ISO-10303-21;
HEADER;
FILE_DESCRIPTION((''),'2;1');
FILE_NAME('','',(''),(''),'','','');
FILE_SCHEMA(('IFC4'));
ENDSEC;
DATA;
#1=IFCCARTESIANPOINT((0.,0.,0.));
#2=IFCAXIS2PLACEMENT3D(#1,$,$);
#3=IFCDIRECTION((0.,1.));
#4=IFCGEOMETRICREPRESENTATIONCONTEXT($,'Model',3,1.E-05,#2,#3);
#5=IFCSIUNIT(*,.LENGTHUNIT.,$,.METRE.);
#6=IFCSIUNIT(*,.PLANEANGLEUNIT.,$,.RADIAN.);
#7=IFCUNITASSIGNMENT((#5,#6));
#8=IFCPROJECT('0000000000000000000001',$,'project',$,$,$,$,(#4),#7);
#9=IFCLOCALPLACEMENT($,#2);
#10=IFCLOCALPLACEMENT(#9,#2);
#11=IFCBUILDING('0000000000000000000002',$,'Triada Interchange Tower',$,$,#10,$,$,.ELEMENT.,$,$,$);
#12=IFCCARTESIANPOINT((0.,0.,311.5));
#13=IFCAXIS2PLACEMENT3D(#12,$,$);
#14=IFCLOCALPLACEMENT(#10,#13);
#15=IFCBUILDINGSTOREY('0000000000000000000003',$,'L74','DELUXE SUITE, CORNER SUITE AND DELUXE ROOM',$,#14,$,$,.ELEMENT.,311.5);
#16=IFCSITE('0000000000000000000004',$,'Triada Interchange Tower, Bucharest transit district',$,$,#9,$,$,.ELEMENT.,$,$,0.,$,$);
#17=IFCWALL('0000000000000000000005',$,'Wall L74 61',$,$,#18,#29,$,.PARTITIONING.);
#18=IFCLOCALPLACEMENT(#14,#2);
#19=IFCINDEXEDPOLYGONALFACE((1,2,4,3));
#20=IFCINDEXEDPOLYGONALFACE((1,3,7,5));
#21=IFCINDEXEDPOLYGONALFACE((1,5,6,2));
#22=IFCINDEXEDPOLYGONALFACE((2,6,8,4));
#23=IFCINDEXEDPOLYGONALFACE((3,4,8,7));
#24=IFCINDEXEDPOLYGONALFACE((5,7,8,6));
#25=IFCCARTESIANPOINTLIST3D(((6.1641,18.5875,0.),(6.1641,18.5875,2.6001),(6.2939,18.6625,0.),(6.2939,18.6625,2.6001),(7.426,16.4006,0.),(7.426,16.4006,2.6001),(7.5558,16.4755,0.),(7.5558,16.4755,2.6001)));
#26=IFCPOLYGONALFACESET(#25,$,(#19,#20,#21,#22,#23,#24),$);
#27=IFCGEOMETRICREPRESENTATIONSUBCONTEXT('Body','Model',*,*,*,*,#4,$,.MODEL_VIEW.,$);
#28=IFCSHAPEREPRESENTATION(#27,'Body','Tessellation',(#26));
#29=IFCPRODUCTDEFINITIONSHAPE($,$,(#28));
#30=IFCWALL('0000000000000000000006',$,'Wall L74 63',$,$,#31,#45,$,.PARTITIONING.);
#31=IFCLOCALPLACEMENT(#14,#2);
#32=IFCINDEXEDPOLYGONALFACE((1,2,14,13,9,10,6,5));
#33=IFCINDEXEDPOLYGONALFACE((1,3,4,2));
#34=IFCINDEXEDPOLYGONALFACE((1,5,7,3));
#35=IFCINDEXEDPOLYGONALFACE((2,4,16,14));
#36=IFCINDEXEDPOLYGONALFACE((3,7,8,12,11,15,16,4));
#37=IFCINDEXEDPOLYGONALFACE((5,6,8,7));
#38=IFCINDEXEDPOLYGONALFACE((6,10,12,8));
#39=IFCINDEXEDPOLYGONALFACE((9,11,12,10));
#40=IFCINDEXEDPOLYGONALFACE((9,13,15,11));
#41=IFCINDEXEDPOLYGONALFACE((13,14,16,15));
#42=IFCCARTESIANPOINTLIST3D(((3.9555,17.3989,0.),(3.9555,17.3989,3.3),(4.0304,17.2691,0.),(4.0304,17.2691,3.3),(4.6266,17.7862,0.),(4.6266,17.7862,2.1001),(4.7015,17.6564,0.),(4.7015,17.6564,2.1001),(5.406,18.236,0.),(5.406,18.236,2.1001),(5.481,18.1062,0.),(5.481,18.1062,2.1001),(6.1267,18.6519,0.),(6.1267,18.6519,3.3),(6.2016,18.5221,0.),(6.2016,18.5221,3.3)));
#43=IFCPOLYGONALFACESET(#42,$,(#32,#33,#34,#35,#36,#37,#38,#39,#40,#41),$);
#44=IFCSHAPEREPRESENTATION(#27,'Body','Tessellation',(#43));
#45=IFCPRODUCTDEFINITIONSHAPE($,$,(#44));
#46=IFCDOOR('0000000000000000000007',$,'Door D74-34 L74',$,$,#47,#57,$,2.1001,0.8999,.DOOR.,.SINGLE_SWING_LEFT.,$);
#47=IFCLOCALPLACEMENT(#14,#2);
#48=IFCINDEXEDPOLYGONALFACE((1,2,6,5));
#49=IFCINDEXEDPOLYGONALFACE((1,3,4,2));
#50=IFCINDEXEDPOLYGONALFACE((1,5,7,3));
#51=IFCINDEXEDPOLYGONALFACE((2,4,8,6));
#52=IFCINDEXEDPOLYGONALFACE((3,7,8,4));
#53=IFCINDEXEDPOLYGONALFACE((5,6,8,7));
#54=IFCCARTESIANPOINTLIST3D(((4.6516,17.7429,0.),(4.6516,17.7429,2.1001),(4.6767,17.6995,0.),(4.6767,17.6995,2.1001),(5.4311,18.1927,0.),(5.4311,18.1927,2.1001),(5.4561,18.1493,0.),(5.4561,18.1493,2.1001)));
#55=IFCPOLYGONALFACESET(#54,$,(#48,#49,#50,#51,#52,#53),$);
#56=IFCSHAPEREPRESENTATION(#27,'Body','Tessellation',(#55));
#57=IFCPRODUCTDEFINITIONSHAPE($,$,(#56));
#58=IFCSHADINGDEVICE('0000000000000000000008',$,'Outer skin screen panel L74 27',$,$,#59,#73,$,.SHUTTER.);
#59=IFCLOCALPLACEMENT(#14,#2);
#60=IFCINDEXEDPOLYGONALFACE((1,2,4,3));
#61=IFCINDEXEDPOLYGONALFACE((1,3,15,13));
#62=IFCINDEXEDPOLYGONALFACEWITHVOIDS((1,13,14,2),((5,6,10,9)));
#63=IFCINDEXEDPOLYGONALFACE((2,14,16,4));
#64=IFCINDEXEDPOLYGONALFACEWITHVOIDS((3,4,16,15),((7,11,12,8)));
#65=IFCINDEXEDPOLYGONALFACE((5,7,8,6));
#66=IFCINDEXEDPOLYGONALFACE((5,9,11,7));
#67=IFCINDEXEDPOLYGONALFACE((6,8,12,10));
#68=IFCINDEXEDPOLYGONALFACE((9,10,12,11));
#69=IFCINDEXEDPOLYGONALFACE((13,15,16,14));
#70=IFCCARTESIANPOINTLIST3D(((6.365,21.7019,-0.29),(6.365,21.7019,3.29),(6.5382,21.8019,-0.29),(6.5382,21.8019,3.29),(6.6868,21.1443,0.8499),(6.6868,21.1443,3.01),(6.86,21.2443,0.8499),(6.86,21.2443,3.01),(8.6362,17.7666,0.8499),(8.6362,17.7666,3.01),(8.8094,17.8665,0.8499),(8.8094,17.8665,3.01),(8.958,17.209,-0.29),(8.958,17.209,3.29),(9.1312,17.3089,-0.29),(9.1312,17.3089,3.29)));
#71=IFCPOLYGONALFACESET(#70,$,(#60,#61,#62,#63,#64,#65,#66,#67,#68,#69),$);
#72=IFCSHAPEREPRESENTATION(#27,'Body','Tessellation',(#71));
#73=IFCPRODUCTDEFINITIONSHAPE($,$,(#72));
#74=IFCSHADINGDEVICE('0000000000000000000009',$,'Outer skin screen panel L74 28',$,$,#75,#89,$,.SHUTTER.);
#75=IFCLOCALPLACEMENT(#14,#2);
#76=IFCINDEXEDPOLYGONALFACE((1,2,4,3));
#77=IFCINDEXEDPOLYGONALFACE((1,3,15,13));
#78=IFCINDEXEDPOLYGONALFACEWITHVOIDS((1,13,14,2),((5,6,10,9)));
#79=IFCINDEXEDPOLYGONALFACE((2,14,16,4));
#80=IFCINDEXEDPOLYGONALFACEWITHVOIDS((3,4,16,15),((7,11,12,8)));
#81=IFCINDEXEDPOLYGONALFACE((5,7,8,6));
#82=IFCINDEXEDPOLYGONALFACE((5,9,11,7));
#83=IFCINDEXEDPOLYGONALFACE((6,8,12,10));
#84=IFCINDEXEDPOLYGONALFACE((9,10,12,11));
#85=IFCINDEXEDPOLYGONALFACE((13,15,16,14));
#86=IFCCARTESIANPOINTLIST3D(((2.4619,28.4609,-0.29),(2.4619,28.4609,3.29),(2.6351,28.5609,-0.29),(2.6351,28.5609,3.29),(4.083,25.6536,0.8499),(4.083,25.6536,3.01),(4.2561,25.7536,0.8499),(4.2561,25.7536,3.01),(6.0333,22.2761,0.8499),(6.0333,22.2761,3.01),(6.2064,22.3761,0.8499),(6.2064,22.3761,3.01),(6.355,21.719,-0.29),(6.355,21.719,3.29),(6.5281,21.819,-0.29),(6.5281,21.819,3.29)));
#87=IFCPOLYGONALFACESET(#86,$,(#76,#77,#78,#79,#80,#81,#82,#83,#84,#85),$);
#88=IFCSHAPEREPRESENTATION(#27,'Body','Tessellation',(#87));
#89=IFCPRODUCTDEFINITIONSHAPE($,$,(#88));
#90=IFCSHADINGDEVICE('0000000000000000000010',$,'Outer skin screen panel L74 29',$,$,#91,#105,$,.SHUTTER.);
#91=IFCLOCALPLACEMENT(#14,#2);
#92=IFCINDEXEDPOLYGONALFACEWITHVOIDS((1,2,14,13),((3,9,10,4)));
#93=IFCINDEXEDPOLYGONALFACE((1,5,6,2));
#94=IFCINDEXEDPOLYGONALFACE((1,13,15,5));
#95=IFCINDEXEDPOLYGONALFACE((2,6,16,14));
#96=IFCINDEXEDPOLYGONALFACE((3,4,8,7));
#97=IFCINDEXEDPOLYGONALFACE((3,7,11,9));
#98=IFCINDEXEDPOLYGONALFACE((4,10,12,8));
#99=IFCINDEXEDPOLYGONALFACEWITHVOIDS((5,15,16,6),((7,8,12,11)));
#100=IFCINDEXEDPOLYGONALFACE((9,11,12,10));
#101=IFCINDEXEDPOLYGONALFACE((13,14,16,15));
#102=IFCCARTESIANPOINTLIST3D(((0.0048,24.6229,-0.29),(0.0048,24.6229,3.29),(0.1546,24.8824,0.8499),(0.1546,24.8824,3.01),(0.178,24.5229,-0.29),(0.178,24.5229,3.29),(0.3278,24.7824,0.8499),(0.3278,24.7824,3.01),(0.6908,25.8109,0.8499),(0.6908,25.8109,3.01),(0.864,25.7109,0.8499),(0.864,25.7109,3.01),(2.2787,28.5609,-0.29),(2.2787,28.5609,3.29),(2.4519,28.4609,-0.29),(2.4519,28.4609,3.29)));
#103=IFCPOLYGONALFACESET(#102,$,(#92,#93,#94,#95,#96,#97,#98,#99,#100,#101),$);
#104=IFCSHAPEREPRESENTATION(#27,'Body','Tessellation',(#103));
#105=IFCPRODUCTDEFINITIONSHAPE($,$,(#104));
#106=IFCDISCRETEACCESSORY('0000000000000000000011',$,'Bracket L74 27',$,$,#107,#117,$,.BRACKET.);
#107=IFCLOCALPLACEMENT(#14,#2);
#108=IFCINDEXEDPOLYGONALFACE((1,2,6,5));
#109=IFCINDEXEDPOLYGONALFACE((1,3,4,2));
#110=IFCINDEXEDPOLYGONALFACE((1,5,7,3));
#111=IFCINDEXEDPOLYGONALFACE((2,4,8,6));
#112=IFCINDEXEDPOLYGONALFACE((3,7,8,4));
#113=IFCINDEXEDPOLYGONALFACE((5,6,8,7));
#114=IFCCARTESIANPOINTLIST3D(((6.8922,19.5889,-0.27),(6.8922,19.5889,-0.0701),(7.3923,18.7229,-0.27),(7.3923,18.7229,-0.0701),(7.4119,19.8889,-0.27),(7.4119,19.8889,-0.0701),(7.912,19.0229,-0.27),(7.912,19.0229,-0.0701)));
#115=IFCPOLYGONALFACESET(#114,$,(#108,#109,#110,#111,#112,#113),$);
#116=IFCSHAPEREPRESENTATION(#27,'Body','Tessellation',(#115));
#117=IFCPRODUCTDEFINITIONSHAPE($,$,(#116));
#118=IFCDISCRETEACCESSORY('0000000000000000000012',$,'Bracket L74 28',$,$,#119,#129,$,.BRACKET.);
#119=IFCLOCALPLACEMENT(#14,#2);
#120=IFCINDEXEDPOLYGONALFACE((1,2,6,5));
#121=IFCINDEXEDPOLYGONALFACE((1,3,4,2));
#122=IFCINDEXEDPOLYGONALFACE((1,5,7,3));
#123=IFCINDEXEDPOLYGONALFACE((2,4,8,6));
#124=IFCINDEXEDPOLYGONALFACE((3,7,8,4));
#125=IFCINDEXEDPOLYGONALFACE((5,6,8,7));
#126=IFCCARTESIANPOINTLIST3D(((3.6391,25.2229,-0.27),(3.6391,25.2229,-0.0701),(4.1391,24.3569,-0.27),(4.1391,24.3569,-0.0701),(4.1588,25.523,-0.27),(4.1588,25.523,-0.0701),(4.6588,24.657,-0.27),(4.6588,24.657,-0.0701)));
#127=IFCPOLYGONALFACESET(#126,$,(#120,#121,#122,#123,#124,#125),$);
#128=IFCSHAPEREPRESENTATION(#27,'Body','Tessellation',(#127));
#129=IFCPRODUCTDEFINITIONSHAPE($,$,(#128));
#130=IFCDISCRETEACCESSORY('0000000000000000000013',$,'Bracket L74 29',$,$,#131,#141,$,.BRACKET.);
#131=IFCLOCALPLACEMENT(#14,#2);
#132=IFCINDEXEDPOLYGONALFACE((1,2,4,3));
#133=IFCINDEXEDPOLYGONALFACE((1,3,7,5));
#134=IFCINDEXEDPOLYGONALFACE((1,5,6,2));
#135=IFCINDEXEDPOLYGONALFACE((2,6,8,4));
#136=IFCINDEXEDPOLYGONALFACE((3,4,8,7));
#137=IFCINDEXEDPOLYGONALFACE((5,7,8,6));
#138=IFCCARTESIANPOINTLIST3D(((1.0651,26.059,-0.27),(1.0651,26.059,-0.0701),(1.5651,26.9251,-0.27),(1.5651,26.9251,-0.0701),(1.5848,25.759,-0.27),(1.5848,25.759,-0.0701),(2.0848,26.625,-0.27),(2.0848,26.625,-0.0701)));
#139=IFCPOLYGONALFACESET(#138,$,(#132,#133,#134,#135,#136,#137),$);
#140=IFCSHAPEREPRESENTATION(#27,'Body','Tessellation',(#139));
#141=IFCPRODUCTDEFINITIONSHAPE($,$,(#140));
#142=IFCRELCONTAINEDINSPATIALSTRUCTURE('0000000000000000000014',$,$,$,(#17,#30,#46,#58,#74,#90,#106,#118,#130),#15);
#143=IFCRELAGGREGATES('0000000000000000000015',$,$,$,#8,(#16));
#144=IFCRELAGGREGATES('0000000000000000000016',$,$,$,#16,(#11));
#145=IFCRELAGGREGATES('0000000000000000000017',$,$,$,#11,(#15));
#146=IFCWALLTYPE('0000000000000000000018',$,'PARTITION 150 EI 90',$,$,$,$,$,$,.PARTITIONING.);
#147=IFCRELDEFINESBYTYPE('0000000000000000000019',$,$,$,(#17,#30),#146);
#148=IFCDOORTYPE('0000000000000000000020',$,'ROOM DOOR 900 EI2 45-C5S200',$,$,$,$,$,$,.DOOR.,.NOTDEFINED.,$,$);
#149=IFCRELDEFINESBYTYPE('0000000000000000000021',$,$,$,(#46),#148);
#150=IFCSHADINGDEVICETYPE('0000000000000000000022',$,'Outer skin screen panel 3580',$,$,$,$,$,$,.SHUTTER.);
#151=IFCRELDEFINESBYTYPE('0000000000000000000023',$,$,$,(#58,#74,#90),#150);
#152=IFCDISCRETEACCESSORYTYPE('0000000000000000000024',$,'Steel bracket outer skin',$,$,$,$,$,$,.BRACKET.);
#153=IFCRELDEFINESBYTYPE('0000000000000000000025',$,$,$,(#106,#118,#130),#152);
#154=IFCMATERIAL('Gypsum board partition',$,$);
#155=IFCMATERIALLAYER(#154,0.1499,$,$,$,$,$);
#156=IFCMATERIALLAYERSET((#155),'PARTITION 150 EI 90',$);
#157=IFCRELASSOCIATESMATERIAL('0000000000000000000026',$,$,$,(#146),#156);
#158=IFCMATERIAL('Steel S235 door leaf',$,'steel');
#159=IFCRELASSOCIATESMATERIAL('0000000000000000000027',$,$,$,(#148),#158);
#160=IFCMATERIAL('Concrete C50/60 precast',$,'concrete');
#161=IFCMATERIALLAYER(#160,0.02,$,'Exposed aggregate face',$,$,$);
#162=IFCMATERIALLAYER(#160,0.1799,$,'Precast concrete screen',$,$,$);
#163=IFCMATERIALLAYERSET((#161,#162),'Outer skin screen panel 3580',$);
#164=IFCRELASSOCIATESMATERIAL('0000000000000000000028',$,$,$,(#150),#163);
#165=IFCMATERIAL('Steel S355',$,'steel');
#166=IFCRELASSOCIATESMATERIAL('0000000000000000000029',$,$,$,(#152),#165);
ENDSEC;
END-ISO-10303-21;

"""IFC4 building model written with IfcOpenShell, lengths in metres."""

from ifc_helpers import new_model, si_unit, direction, frame, frame_2d, origin, origin_2d, place, context, subcontext, project, spatial, polyline, rectangle, outline, extrude, material, layer, layer_set, type_object, element, fill, save


model = new_model("IFC4")

# Units and contexts
model_context = context("Model", 3, precision=1e-05, world=origin(), true_north=direction((0.0, 1.0)))
body_context = subcontext(model_context, "Body", "Model", "MODEL_VIEW")
ifc_project = project(units=[si_unit("LENGTHUNIT", "METRE"), si_unit("PLANEANGLEUNIT", "RADIAN")], contexts=[model_context])

# Site, building, storey
site_placement = place(None, origin())
site = spatial("IfcSite", under=ifc_project, at=site_placement, Name="Triada Interchange Tower, Bucharest transit district", CompositionType="ELEMENT", RefElevation=0.0)
building_placement = place(site_placement, origin())
building = spatial("IfcBuilding", under=site, at=building_placement, Name="Triada Interchange Tower", CompositionType="ELEMENT")
storey_placement = place(building_placement, frame((0.0, 0.0, 311.5)))
storey = spatial("IfcBuildingStorey", under=building, at=storey_placement, Name="L74", Description="DELUXE SUITE, CORNER SUITE AND DELUXE ROOM", CompositionType="ELEMENT", Elevation=311.5)

# Shared definitions
ifc_material_1 = material(Name="Gypsum board partition")

# Shared definitions
ifc_material_2 = material(Name="Steel S235 door leaf", Category="steel")

# Wall
ifc_layer_1 = layer(ifc_material_1, 0.1499)
ifc_layer_set_1 = layer_set([ifc_layer_1], Name="PARTITION 150 EI 90")
wall_type_1 = type_object("IfcWallType", Name="PARTITION 150 EI 90", PredefinedType="PARTITIONING", material=ifc_layer_set_1)
wall_1_placement = place(storey_placement, frame((6.229, 18.625, 0.0), z_axis=(0.0, 0.0, 1.0), x_axis=(0.499789, -0.866147, 0.0)))
element("IfcWall", 1, at=wall_1_placement, inside=storey, type_object=wall_type_1, Name="Wall L74 61", PredefinedType="PARTITIONING", context=body_context, shape_type="SweptSolid", body=[
    extrude(rectangle(XDim=2.5249, YDim=0.1499, at=frame_2d((1.2625, 0.0))), origin(), (0.0, 0.0, 1.0), 2.6001),
])

# Wall, opening, door
wall_2_placement = place(storey_placement, frame((3.9929, 17.334, 0.0), z_axis=(0.0, 0.0, 1.0), x_axis=(0.866126, 0.499826, 0.0)))
wall_2 = element("IfcWall", 2, at=wall_2_placement, inside=storey, type_object=wall_type_1, Name="Wall L74 63", PredefinedType="PARTITIONING", context=body_context, shape_type="SweptSolid", body=[
    extrude(rectangle(XDim=2.5068, YDim=0.1499, at=frame_2d((1.2534, 0.0))), origin(), (0.0, 0.0, 1.0), 3.3),
])
opening_1_placement = place(wall_2_placement, frame((0.7749, 0.0, 0.0)))
opening_1 = element("IfcOpeningElement", 3, at=opening_1_placement, cuts=wall_2, PredefinedType="OPENING", context=body_context, shape_type="SweptSolid", body=[
    extrude(rectangle(XDim=0.8999, YDim=2.1001, at=frame_2d((0.45, 1.05))), frame((0.0, 0.085, 0.0), z_axis=(0.0, -1.0, 0.0), x_axis=(1.0, 0.0, 0.0)), (0.0, 0.0, 1.0), 0.1699),
])
door_type_1 = type_object("IfcDoorType", Name="ROOM DOOR 900 EI2 45-C5S200", OperationType="NOTDEFINED", PredefinedType="DOOR", material=ifc_material_2)
door_1_placement = place(opening_1_placement, origin())
door_1 = element("IfcDoor", 4, at=door_1_placement, inside=storey, type_object=door_type_1, Name="Door D74-34 L74", OperationType="SINGLE_SWING_LEFT", OverallHeight=2.1001, OverallWidth=0.8999, PredefinedType="DOOR", context=body_context, shape_type="SweptSolid", body=[
    extrude(rectangle(XDim=0.8999, YDim=2.1001, at=frame_2d((0.45, 1.05))), frame((0.0, 0.0249, 0.0), z_axis=(0.0, -1.0, 0.0), x_axis=(1.0, 0.0, 0.0)), (0.0, 0.0, 1.0), 0.05),
])
fill(opening_1, door_1)

# Shading devices
ifc_material_3 = material(Name="Concrete C50/60 precast", Category="concrete")
ifc_layer_2 = layer(ifc_material_3, 0.02, Name="Exposed aggregate face")
ifc_layer_3 = layer(ifc_material_3, 0.1799, Name="Precast concrete screen")
ifc_layer_set_2 = layer_set([ifc_layer_2, ifc_layer_3], Name="Outer skin screen panel 3580")
shading_device_type = type_object("IfcShadingDeviceType", Name="Outer skin screen panel 3580", PredefinedType="SHUTTER", material=ifc_layer_set_2)
shading_device_1_placement = place(storey_placement, frame((8.958, 17.209, -0.29), z_axis=(0.0, 0.0, 1.0), x_axis=(-0.49986, 0.866106, 0.0)))
element("IfcShadingDevice", 5, at=shading_device_1_placement, inside=storey, type_object=shading_device_type, Name="Outer skin screen panel L74 27", PredefinedType="SHUTTER", context=body_context, shape_type="SweptSolid", body=[
    extrude(outline(polyline([(0.0, 0.0), (5.1875, 0.0), (5.1875, 3.5801), (0.0, 3.5801), (0.0, 0.0)]), holes=[polyline([(0.6438, 1.1399), (0.6438, 3.3), (4.5437, 3.3), (4.5437, 1.1399), (0.6438, 1.1399)])]), frame((0.0, 0.0, 0.0), z_axis=(0.0, -1.0, 0.0), x_axis=(1.0, 0.0, 0.0)), (0.0, 0.0, 1.0), 0.2),
])
shading_device_2_placement = place(storey_placement, frame((6.355, 21.719, -0.29), z_axis=(0.0, 0.0, 1.0), x_axis=(-0.500058, 0.865992, 0.0)))
element("IfcShadingDevice", 6, at=shading_device_2_placement, inside=storey, type_object=shading_device_type, Name="Outer skin screen panel L74 28", PredefinedType="SHUTTER", context=body_context, shape_type="SweptSolid", body=[
    extrude(outline(polyline([(0.0, 0.0), (7.7852, 0.0), (7.7852, 3.5801), (0.0, 3.5801), (0.0, 0.0)]), holes=[polyline([(0.6433, 1.1399), (0.6433, 3.3), (4.5435, 3.3), (4.5435, 1.1399), (0.6433, 1.1399)])]), frame((0.0, 0.0, 0.0), z_axis=(0.0, -1.0, 0.0), x_axis=(1.0, 0.0, 0.0)), (0.0, 0.0, 1.0), 0.2),
])
shading_device_3_placement = place(storey_placement, frame((2.4519, 28.4609, -0.29), z_axis=(0.0, 0.0, 1.0), x_axis=(-0.500054, -0.865994, 0.0)))
element("IfcShadingDevice", 7, at=shading_device_3_placement, inside=storey, type_object=shading_device_type, Name="Outer skin screen panel L74 29", PredefinedType="SHUTTER", context=body_context, shape_type="SweptSolid", body=[
    extrude(outline(polyline([(0.0, 0.0), (4.5474, 0.0), (4.5474, 3.5801), (0.0, 3.5801), (0.0, 0.0)]), holes=[polyline([(3.1755, 1.1399), (3.1755, 3.3), (4.2478, 3.3), (4.2478, 1.1399), (3.1755, 1.1399)])]), frame((0.0, 0.0, 0.0), z_axis=(0.0, -1.0, 0.0), x_axis=(1.0, 0.0, 0.0)), (0.0, 0.0, 1.0), 0.2),
])

# Discrete accessories
ifc_material_4 = material(Name="Steel S355", Category="steel")
discrete_accessory_type = type_object("IfcDiscreteAccessoryType", Name="Steel bracket outer skin", PredefinedType="BRACKET", material=ifc_material_4)
for number, where, z_axis, x_axis, name in (
    (8, (7.4021, 19.3059, -0.27), (0.0, 0.0, 1.0), (0.866025, 0.500001, 0.0), "Bracket L74 27"),
    (9, (4.1489, 24.9399, -0.27), (0.0, 0.0, 1.0), (0.866025, 0.500001, 0.0), "Bracket L74 28"),
    (10, (1.575, 26.342, -0.27), (0.0, 0.0, 1.0), (-0.866043, 0.499969, 0.0), "Bracket L74 29"),
):
    element("IfcDiscreteAccessory", number, at=place(storey_placement, frame(where, z_axis=z_axis, x_axis=x_axis)), inside=storey, type_object=discrete_accessory_type, Name=name, PredefinedType="BRACKET", context=body_context, shape_type="SweptSolid", body=[
        extrude(rectangle(XDim=0.6001, YDim=1.0, at=origin_2d()), origin(), (0.0, 0.0, 1.0), 0.2),
    ])

save(model, "model.ifc")
